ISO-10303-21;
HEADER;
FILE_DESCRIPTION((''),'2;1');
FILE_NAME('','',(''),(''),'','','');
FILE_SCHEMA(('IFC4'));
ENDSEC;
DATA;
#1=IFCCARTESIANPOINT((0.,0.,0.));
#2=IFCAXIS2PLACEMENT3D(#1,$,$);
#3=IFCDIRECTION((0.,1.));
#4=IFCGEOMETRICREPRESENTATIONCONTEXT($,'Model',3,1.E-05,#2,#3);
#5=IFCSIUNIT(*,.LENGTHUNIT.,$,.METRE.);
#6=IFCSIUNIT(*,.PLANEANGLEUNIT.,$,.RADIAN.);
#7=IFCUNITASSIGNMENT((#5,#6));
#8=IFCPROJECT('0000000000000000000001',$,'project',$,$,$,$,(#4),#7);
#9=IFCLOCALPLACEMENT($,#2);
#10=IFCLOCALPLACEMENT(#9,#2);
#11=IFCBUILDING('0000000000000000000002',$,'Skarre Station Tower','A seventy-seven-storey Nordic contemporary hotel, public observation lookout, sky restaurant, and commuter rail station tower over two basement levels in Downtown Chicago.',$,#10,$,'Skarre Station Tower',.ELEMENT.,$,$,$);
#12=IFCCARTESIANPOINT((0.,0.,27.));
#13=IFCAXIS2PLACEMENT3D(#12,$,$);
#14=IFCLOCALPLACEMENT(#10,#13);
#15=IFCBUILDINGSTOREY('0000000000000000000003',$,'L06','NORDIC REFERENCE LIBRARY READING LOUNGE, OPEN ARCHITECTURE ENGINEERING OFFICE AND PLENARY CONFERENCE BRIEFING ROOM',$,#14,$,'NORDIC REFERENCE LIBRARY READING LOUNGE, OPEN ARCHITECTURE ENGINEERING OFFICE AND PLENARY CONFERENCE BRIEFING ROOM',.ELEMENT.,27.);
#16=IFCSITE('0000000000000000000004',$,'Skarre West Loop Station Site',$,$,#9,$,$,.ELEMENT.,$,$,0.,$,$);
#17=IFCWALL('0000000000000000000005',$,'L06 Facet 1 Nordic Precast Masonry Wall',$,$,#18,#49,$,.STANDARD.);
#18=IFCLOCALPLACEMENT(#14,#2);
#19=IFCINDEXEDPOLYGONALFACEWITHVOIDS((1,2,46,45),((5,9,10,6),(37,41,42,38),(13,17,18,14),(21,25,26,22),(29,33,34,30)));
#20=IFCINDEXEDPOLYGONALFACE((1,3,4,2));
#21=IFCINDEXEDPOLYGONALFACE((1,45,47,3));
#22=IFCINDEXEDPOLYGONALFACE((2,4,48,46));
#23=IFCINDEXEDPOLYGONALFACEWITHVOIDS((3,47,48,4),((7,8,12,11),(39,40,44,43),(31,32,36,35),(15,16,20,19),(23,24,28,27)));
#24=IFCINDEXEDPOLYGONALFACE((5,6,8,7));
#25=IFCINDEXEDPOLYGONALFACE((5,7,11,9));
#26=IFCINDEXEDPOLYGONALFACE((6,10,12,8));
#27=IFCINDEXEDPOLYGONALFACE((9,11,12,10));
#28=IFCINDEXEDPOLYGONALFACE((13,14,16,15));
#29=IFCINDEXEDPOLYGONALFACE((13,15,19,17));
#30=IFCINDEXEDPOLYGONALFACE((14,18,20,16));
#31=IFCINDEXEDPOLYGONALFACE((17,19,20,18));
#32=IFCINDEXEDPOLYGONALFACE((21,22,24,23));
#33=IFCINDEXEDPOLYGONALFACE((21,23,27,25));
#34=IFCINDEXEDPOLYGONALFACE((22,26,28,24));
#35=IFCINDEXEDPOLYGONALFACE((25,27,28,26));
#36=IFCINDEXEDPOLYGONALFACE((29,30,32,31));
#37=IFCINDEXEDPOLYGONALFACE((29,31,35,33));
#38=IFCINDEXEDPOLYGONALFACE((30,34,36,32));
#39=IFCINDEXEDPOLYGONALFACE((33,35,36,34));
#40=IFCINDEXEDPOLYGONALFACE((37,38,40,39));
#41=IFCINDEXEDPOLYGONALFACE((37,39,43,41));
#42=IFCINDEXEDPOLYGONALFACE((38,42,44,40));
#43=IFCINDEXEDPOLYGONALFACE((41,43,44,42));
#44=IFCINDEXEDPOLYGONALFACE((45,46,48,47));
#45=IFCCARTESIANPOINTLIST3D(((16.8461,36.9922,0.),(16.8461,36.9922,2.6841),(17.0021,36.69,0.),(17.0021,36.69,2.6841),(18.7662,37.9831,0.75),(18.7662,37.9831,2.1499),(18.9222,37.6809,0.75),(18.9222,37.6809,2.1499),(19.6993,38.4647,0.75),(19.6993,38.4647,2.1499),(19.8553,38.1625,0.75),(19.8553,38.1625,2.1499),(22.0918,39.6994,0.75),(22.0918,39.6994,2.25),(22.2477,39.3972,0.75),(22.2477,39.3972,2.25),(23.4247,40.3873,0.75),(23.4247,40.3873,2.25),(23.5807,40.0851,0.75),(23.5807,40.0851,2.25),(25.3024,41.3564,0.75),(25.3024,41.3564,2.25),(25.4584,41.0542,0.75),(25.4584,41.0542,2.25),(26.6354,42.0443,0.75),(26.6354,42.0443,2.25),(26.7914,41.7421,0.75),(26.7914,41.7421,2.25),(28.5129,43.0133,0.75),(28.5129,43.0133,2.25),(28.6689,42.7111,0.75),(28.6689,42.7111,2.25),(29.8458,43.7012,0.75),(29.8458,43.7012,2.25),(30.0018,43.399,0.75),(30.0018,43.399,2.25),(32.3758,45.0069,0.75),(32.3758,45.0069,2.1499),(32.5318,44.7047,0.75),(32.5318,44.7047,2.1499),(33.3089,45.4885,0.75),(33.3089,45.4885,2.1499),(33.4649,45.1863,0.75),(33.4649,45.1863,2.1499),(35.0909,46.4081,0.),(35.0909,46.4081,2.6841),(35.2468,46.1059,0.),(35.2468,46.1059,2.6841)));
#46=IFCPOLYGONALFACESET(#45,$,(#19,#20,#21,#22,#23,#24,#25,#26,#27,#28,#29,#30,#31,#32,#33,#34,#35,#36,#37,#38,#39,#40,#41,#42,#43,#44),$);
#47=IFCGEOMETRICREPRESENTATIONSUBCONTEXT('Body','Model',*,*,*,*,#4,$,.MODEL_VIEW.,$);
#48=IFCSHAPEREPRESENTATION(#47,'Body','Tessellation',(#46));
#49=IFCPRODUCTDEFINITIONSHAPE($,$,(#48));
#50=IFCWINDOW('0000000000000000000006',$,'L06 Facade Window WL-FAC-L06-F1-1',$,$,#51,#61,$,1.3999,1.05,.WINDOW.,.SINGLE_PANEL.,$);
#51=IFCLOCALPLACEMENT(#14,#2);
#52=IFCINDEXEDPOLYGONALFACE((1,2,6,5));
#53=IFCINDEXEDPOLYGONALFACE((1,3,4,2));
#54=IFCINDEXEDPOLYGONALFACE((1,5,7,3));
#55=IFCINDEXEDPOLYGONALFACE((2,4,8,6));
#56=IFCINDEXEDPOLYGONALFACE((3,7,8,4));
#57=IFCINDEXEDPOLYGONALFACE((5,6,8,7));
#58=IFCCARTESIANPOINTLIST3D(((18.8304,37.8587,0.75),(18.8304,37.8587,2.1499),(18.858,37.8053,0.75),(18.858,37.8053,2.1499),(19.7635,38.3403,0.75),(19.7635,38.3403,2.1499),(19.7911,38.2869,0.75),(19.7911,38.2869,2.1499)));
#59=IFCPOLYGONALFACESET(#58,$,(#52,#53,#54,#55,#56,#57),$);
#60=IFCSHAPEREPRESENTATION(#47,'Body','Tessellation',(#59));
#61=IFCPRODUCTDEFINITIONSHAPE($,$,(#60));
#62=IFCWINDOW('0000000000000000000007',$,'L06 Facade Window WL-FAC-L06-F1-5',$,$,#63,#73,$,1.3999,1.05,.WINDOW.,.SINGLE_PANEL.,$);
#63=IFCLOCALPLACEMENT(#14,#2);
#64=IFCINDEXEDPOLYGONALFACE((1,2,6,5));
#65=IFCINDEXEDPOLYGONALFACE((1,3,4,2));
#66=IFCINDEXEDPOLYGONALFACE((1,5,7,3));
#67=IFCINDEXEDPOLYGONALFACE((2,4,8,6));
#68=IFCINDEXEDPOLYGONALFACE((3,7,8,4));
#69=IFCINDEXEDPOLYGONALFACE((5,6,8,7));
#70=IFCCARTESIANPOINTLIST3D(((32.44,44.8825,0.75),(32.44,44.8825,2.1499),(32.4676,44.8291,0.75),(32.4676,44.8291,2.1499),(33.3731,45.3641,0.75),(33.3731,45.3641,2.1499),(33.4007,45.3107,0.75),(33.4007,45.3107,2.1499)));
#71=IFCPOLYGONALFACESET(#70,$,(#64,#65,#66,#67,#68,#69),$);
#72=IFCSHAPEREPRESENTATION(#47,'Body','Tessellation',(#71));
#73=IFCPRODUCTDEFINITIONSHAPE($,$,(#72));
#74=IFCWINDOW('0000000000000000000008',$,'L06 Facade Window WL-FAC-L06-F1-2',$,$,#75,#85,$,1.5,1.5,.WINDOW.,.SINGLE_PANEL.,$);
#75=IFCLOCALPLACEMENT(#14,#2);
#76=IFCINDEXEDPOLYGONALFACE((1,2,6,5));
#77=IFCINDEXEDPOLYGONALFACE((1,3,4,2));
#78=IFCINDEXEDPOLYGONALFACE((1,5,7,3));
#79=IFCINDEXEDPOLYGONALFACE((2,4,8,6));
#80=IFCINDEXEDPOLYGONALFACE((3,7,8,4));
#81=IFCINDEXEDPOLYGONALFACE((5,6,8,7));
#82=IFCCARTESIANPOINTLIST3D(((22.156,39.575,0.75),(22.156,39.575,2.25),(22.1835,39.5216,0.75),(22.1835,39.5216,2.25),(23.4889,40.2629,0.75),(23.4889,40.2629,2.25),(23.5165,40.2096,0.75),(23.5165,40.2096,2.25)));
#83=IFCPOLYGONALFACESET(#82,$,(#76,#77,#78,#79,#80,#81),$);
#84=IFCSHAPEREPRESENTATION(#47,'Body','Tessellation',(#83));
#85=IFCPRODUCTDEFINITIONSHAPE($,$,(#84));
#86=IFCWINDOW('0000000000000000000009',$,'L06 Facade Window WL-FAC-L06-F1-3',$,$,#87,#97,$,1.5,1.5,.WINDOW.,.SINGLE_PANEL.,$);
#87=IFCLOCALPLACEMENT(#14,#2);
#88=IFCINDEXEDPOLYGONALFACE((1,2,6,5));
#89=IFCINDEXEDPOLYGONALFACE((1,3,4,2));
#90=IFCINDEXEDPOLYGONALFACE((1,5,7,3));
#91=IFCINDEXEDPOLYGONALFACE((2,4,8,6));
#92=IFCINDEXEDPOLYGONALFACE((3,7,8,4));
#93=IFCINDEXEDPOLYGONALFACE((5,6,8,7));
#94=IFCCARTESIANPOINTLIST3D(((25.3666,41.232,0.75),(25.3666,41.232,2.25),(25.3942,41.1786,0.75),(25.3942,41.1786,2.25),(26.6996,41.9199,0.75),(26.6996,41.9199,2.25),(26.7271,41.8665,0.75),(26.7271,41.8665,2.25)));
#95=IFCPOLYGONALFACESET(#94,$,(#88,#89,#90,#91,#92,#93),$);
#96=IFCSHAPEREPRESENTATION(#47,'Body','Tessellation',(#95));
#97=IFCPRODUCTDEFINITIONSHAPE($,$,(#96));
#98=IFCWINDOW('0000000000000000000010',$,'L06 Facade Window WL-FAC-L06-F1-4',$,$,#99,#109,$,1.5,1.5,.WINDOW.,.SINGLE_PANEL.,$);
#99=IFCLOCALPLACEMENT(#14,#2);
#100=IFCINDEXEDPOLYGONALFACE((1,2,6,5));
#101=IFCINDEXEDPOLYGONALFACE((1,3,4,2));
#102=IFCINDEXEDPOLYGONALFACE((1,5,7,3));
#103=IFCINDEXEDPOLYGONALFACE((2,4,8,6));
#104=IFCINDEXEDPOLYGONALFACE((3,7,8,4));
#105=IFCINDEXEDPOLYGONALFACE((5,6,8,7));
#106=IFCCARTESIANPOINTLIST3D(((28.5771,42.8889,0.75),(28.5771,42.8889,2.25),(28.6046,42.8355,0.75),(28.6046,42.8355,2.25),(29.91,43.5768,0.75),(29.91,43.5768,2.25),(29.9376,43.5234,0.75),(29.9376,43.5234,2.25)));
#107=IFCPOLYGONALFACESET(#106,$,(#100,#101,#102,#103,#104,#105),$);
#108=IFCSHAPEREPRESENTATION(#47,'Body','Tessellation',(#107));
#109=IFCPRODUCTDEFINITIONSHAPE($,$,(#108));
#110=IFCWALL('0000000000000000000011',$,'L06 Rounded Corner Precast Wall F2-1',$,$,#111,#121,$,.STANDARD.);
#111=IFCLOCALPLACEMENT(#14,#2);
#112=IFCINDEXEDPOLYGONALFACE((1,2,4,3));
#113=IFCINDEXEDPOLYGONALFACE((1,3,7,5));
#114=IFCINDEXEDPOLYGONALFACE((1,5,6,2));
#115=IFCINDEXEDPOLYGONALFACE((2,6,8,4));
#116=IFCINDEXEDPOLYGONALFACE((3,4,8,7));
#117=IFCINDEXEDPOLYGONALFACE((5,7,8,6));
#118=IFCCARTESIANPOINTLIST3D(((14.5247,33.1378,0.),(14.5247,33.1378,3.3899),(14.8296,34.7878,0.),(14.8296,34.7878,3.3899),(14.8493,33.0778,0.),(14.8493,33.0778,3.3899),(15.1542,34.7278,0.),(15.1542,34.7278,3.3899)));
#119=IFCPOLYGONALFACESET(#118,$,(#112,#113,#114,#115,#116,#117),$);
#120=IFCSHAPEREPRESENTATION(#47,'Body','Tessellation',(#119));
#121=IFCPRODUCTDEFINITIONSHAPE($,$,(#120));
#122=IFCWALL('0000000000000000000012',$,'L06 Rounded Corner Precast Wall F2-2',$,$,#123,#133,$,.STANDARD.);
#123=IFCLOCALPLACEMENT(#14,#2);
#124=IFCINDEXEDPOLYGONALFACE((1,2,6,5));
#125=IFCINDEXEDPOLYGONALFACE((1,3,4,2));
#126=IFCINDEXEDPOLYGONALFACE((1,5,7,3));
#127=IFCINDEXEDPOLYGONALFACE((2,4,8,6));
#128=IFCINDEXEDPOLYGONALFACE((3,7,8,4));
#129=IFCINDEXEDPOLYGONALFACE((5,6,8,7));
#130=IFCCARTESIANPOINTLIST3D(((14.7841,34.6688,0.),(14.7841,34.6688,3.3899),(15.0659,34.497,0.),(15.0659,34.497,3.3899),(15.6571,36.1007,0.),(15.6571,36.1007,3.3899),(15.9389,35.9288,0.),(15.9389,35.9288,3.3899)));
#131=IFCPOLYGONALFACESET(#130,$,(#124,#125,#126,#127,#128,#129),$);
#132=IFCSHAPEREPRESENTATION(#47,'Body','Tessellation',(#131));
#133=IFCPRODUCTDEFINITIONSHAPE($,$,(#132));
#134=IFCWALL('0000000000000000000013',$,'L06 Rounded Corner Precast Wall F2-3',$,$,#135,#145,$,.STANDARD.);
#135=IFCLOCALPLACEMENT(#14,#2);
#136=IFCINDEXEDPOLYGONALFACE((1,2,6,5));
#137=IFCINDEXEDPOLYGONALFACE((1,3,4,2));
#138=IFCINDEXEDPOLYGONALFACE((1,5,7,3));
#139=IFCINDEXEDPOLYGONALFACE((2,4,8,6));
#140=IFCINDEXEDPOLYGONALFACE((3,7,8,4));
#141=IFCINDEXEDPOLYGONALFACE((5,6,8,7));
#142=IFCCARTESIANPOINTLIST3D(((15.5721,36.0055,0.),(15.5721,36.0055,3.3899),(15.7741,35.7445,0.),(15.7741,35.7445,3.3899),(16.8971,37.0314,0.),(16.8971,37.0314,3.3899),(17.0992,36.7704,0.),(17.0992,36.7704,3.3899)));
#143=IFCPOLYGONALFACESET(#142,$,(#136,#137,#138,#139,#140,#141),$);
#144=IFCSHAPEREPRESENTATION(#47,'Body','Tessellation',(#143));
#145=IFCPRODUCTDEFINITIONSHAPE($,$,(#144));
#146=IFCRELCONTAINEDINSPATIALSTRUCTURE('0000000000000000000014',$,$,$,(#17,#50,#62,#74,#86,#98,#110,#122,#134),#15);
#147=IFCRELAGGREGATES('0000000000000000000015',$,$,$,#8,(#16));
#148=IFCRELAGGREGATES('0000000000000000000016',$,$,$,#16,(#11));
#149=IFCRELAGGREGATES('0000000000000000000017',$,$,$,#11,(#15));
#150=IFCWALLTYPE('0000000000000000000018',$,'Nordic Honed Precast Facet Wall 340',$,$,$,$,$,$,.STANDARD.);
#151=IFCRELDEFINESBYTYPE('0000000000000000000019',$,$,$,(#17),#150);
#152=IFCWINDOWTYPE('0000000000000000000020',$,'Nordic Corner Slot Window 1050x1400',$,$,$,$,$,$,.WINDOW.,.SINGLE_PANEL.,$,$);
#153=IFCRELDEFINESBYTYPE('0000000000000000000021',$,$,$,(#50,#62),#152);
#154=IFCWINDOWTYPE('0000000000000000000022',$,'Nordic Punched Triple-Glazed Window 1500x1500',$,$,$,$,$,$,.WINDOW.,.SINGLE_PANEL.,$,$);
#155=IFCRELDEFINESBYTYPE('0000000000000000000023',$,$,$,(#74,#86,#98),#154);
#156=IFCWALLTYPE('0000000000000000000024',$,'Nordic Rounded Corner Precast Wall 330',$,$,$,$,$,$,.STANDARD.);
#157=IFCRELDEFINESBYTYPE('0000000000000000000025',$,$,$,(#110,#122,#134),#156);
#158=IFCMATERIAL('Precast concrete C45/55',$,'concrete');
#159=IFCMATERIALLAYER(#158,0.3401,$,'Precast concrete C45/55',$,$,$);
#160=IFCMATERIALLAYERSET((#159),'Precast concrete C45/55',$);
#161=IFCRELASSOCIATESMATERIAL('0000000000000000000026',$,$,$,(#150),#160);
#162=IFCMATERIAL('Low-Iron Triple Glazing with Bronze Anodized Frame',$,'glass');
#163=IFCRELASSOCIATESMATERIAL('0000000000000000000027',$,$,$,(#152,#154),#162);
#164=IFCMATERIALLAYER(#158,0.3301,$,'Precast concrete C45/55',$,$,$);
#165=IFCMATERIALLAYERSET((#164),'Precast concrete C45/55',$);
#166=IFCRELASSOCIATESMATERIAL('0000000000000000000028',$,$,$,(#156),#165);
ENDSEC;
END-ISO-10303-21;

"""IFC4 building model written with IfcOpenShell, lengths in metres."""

from ifc_helpers import new_model, si_unit, direction, frame, frame_2d, origin, place, context, subcontext, project, spatial, rectangle, extrude, material, layer, layer_set, type_object, element, fill, save


model = new_model("IFC4")

# Units and contexts
model_context = context("Model", 3, precision=1e-05, world=origin(), true_north=direction((0.0, 1.0)))
body_context = subcontext(model_context, "Body", "Model", "MODEL_VIEW")
ifc_project = project(units=[si_unit("LENGTHUNIT", "METRE"), si_unit("PLANEANGLEUNIT", "RADIAN")], contexts=[model_context])

# Site, building, storey
site_placement = place(None, origin())
site = spatial("IfcSite", under=ifc_project, at=site_placement, Name="Skarre West Loop Station Site", CompositionType="ELEMENT", RefElevation=0.0)
building_placement = place(site_placement, origin())
building = spatial("IfcBuilding", under=site, at=building_placement, Name="Skarre Station Tower", Description="A seventy-seven-storey Nordic contemporary hotel, public observation lookout, sky restaurant, and commuter rail station tower over two basement levels in Downtown Chicago.", LongName="Skarre Station Tower", CompositionType="ELEMENT")
storey_placement = place(building_placement, frame((0.0, 0.0, 27.0)))
storey = spatial("IfcBuildingStorey", under=building, at=storey_placement, Name="L06", Description="NORDIC REFERENCE LIBRARY READING LOUNGE, OPEN ARCHITECTURE ENGINEERING OFFICE AND PLENARY CONFERENCE BRIEFING ROOM", LongName="NORDIC REFERENCE LIBRARY READING LOUNGE, OPEN ARCHITECTURE ENGINEERING OFFICE AND PLENARY CONFERENCE BRIEFING ROOM", CompositionType="ELEMENT", Elevation=27.0)

# Wall, openings, windows
ifc_material_1 = material(Name="Precast concrete C45/55", Category="concrete")
ifc_layer_1 = layer(ifc_material_1, 0.3401, Name="Precast concrete C45/55")
ifc_layer_set_1 = layer_set([ifc_layer_1], Name="Precast concrete C45/55")
wall_type_1 = type_object("IfcWallType", Name="Nordic Honed Precast Facet Wall 340", PredefinedType="STANDARD", material=ifc_layer_set_1)
wall_1_placement = place(storey_placement, frame((16.9241, 36.8411, 0.0), z_axis=(0.0, 0.0, 1.0), x_axis=(0.888634, 0.458616, 0.0)))
wall_1 = element("IfcWall", 1, at=wall_1_placement, inside=storey, type_object=wall_type_1, Name="L06 Facet 1 Nordic Precast Masonry Wall", PredefinedType="STANDARD", context=body_context, shape_type="SweptSolid", body=[
    extrude(rectangle(XDim=20.5312, YDim=0.3401, at=frame_2d((10.2656, 0.0))), origin(), (0.0, 0.0, 1.0), 2.6841),
])
opening_1_placement = place(wall_1_placement, frame((2.1609, 0.0, 0.75)))
opening_1 = element("IfcOpeningElement", 2, at=opening_1_placement, cuts=wall_1, PredefinedType="OPENING", context=body_context, shape_type="SweptSolid", body=[
    extrude(rectangle(XDim=1.05, YDim=1.3999, at=frame_2d((0.5249, 0.7))), frame((0.0, 0.1799, 0.0), z_axis=(0.0, -1.0, 0.0), x_axis=(1.0, 0.0, 0.0)), (0.0, 0.0, 1.0), 0.3601),
])
opening_2_placement = place(wall_1_placement, frame((5.9031, 0.0, 0.75)))
opening_2 = element("IfcOpeningElement", 3, at=opening_2_placement, cuts=wall_1, PredefinedType="OPENING", context=body_context, shape_type="SweptSolid", body=[
    extrude(rectangle(XDim=1.5, YDim=1.5, at=frame_2d((0.75, 0.75))), frame((0.0, 0.1799, 0.0), z_axis=(0.0, -1.0, 0.0), x_axis=(1.0, 0.0, 0.0)), (0.0, 0.0, 1.0), 0.3601),
])
opening_3_placement = place(wall_1_placement, frame((9.5161, 0.0, 0.75)))
opening_3 = element("IfcOpeningElement", 4, at=opening_3_placement, cuts=wall_1, PredefinedType="OPENING", context=body_context, shape_type="SweptSolid", body=[
    extrude(rectangle(XDim=1.5, YDim=1.5, at=frame_2d((0.75, 0.75))), frame((0.0, 0.1799, 0.0), z_axis=(0.0, -1.0, 0.0), x_axis=(1.0, 0.0, 0.0)), (0.0, 0.0, 1.0), 0.3601),
])
opening_4_placement = place(wall_1_placement, frame((13.1289, 0.0, 0.75)))
opening_4 = element("IfcOpeningElement", 5, at=opening_4_placement, cuts=wall_1, PredefinedType="OPENING", context=body_context, shape_type="SweptSolid", body=[
    extrude(rectangle(XDim=1.5, YDim=1.5, at=frame_2d((0.75, 0.75))), frame((0.0, 0.1799, 0.0), z_axis=(0.0, -1.0, 0.0), x_axis=(1.0, 0.0, 0.0)), (0.0, 0.0, 1.0), 0.3601),
])
opening_5_placement = place(wall_1_placement, frame((17.4761, 0.0, 0.75)))
opening_5 = element("IfcOpeningElement", 6, at=opening_5_placement, cuts=wall_1, PredefinedType="OPENING", context=body_context, shape_type="SweptSolid", body=[
    extrude(rectangle(XDim=1.05, YDim=1.3999, at=frame_2d((0.5249, 0.7))), frame((0.0, 0.1799, 0.0), z_axis=(0.0, -1.0, 0.0), x_axis=(1.0, 0.0, 0.0)), (0.0, 0.0, 1.0), 0.3601),
])
ifc_material_2 = material(Name="Low-Iron Triple Glazing with Bronze Anodized Frame", Category="glass")
window_type_1 = type_object("IfcWindowType", Name="Nordic Corner Slot Window 1050x1400", PartitioningType="SINGLE_PANEL", PredefinedType="WINDOW", material=ifc_material_2)
window_1_placement = place(opening_1_placement, origin())
window_1 = element("IfcWindow", 7, at=window_1_placement, inside=storey, type_object=window_type_1, Name="L06 Facade Window WL-FAC-L06-F1-1", OverallHeight=1.3999, OverallWidth=1.05, PartitioningType="SINGLE_PANEL", PredefinedType="WINDOW", context=body_context, shape_type="SweptSolid", body=[
    extrude(rectangle(XDim=1.05, YDim=1.3999, at=frame_2d((0.5249, 0.7))), frame((0.0, 0.03, 0.0), z_axis=(0.0, -1.0, 0.0), x_axis=(1.0, 0.0, 0.0)), (0.0, 0.0, 1.0), 0.0601),
])
fill(opening_1, window_1)
window_2_placement = place(opening_5_placement, origin())
window_2 = element("IfcWindow", 8, at=window_2_placement, inside=storey, type_object=window_type_1, Name="L06 Facade Window WL-FAC-L06-F1-5", OverallHeight=1.3999, OverallWidth=1.05, PartitioningType="SINGLE_PANEL", PredefinedType="WINDOW", context=body_context, shape_type="SweptSolid", body=[
    extrude(rectangle(XDim=1.05, YDim=1.3999, at=frame_2d((0.5249, 0.7))), frame((0.0, 0.03, 0.0), z_axis=(0.0, -1.0, 0.0), x_axis=(1.0, 0.0, 0.0)), (0.0, 0.0, 1.0), 0.0601),
])
fill(opening_5, window_2)
window_type_2 = type_object("IfcWindowType", Name="Nordic Punched Triple-Glazed Window 1500x1500", PartitioningType="SINGLE_PANEL", PredefinedType="WINDOW", material=ifc_material_2)
window_3_placement = place(opening_2_placement, origin())
window_3 = element("IfcWindow", 9, at=window_3_placement, inside=storey, type_object=window_type_2, Name="L06 Facade Window WL-FAC-L06-F1-2", OverallHeight=1.5, OverallWidth=1.5, PartitioningType="SINGLE_PANEL", PredefinedType="WINDOW", context=body_context, shape_type="SweptSolid", body=[
    extrude(rectangle(XDim=1.5, YDim=1.5, at=frame_2d((0.75, 0.75))), frame((0.0, 0.03, 0.0), z_axis=(0.0, -1.0, 0.0), x_axis=(1.0, 0.0, 0.0)), (0.0, 0.0, 1.0), 0.0601),
])
fill(opening_2, window_3)
window_4_placement = place(opening_3_placement, origin())
window_4 = element("IfcWindow", 10, at=window_4_placement, inside=storey, type_object=window_type_2, Name="L06 Facade Window WL-FAC-L06-F1-3", OverallHeight=1.5, OverallWidth=1.5, PartitioningType="SINGLE_PANEL", PredefinedType="WINDOW", context=body_context, shape_type="SweptSolid", body=[
    extrude(rectangle(XDim=1.5, YDim=1.5, at=frame_2d((0.75, 0.75))), frame((0.0, 0.03, 0.0), z_axis=(0.0, -1.0, 0.0), x_axis=(1.0, 0.0, 0.0)), (0.0, 0.0, 1.0), 0.0601),
])
fill(opening_3, window_4)
window_5_placement = place(opening_4_placement, origin())
window_5 = element("IfcWindow", 11, at=window_5_placement, inside=storey, type_object=window_type_2, Name="L06 Facade Window WL-FAC-L06-F1-4", OverallHeight=1.5, OverallWidth=1.5, PartitioningType="SINGLE_PANEL", PredefinedType="WINDOW", context=body_context, shape_type="SweptSolid", body=[
    extrude(rectangle(XDim=1.5, YDim=1.5, at=frame_2d((0.75, 0.75))), frame((0.0, 0.03, 0.0), z_axis=(0.0, -1.0, 0.0), x_axis=(1.0, 0.0, 0.0)), (0.0, 0.0, 1.0), 0.0601),
])
fill(opening_4, window_5)

# Walls
ifc_layer_2 = layer(ifc_material_1, 0.3301, Name="Precast concrete C45/55")
ifc_layer_set_2 = layer_set([ifc_layer_2], Name="Precast concrete C45/55")
wall_type_2 = type_object("IfcWallType", Name="Nordic Rounded Corner Precast Wall 330", PredefinedType="STANDARD", material=ifc_layer_set_2)
wall_2_placement = place(storey_placement, frame((14.687, 33.1079, 0.0), z_axis=(0.0, 0.0, 1.0), x_axis=(0.181714, 0.983351, 0.0)))
element("IfcWall", 12, at=wall_2_placement, inside=storey, type_object=wall_type_2, Name="L06 Rounded Corner Precast Wall F2-1", PredefinedType="STANDARD", context=body_context, shape_type="SweptSolid", body=[
    extrude(rectangle(XDim=1.678, YDim=0.3301, at=frame_2d((0.8389, 0.0))), origin(), (0.0, 0.0, 1.0), 3.3899),
])
wall_3_placement = place(storey_placement, frame((14.925, 34.583, 0.0), z_axis=(0.0, 0.0, 1.0), x_axis=(0.520584, 0.85381, 0.0)))
element("IfcWall", 13, at=wall_3_placement, inside=storey, type_object=wall_type_2, Name="L06 Rounded Corner Precast Wall F2-2", PredefinedType="STANDARD", context=body_context, shape_type="SweptSolid", body=[
    extrude(rectangle(XDim=1.677, YDim=0.3301, at=frame_2d((0.8384, 0.0))), origin(), (0.0, 0.0, 1.0), 3.3899),
])
wall_4_placement = place(storey_placement, frame((15.6731, 35.875, 0.0), z_axis=(0.0, 0.0, 1.0), x_axis=(0.790692, 0.612214, 0.0)))
element("IfcWall", 14, at=wall_4_placement, inside=storey, type_object=wall_type_2, Name="L06 Rounded Corner Precast Wall F2-3", PredefinedType="STANDARD", context=body_context, shape_type="SweptSolid", body=[
    extrude(rectangle(XDim=1.6758, YDim=0.3301, at=frame_2d((0.8379, 0.0))), origin(), (0.0, 0.0, 1.0), 3.3899),
])

save(model, "model.ifc")
